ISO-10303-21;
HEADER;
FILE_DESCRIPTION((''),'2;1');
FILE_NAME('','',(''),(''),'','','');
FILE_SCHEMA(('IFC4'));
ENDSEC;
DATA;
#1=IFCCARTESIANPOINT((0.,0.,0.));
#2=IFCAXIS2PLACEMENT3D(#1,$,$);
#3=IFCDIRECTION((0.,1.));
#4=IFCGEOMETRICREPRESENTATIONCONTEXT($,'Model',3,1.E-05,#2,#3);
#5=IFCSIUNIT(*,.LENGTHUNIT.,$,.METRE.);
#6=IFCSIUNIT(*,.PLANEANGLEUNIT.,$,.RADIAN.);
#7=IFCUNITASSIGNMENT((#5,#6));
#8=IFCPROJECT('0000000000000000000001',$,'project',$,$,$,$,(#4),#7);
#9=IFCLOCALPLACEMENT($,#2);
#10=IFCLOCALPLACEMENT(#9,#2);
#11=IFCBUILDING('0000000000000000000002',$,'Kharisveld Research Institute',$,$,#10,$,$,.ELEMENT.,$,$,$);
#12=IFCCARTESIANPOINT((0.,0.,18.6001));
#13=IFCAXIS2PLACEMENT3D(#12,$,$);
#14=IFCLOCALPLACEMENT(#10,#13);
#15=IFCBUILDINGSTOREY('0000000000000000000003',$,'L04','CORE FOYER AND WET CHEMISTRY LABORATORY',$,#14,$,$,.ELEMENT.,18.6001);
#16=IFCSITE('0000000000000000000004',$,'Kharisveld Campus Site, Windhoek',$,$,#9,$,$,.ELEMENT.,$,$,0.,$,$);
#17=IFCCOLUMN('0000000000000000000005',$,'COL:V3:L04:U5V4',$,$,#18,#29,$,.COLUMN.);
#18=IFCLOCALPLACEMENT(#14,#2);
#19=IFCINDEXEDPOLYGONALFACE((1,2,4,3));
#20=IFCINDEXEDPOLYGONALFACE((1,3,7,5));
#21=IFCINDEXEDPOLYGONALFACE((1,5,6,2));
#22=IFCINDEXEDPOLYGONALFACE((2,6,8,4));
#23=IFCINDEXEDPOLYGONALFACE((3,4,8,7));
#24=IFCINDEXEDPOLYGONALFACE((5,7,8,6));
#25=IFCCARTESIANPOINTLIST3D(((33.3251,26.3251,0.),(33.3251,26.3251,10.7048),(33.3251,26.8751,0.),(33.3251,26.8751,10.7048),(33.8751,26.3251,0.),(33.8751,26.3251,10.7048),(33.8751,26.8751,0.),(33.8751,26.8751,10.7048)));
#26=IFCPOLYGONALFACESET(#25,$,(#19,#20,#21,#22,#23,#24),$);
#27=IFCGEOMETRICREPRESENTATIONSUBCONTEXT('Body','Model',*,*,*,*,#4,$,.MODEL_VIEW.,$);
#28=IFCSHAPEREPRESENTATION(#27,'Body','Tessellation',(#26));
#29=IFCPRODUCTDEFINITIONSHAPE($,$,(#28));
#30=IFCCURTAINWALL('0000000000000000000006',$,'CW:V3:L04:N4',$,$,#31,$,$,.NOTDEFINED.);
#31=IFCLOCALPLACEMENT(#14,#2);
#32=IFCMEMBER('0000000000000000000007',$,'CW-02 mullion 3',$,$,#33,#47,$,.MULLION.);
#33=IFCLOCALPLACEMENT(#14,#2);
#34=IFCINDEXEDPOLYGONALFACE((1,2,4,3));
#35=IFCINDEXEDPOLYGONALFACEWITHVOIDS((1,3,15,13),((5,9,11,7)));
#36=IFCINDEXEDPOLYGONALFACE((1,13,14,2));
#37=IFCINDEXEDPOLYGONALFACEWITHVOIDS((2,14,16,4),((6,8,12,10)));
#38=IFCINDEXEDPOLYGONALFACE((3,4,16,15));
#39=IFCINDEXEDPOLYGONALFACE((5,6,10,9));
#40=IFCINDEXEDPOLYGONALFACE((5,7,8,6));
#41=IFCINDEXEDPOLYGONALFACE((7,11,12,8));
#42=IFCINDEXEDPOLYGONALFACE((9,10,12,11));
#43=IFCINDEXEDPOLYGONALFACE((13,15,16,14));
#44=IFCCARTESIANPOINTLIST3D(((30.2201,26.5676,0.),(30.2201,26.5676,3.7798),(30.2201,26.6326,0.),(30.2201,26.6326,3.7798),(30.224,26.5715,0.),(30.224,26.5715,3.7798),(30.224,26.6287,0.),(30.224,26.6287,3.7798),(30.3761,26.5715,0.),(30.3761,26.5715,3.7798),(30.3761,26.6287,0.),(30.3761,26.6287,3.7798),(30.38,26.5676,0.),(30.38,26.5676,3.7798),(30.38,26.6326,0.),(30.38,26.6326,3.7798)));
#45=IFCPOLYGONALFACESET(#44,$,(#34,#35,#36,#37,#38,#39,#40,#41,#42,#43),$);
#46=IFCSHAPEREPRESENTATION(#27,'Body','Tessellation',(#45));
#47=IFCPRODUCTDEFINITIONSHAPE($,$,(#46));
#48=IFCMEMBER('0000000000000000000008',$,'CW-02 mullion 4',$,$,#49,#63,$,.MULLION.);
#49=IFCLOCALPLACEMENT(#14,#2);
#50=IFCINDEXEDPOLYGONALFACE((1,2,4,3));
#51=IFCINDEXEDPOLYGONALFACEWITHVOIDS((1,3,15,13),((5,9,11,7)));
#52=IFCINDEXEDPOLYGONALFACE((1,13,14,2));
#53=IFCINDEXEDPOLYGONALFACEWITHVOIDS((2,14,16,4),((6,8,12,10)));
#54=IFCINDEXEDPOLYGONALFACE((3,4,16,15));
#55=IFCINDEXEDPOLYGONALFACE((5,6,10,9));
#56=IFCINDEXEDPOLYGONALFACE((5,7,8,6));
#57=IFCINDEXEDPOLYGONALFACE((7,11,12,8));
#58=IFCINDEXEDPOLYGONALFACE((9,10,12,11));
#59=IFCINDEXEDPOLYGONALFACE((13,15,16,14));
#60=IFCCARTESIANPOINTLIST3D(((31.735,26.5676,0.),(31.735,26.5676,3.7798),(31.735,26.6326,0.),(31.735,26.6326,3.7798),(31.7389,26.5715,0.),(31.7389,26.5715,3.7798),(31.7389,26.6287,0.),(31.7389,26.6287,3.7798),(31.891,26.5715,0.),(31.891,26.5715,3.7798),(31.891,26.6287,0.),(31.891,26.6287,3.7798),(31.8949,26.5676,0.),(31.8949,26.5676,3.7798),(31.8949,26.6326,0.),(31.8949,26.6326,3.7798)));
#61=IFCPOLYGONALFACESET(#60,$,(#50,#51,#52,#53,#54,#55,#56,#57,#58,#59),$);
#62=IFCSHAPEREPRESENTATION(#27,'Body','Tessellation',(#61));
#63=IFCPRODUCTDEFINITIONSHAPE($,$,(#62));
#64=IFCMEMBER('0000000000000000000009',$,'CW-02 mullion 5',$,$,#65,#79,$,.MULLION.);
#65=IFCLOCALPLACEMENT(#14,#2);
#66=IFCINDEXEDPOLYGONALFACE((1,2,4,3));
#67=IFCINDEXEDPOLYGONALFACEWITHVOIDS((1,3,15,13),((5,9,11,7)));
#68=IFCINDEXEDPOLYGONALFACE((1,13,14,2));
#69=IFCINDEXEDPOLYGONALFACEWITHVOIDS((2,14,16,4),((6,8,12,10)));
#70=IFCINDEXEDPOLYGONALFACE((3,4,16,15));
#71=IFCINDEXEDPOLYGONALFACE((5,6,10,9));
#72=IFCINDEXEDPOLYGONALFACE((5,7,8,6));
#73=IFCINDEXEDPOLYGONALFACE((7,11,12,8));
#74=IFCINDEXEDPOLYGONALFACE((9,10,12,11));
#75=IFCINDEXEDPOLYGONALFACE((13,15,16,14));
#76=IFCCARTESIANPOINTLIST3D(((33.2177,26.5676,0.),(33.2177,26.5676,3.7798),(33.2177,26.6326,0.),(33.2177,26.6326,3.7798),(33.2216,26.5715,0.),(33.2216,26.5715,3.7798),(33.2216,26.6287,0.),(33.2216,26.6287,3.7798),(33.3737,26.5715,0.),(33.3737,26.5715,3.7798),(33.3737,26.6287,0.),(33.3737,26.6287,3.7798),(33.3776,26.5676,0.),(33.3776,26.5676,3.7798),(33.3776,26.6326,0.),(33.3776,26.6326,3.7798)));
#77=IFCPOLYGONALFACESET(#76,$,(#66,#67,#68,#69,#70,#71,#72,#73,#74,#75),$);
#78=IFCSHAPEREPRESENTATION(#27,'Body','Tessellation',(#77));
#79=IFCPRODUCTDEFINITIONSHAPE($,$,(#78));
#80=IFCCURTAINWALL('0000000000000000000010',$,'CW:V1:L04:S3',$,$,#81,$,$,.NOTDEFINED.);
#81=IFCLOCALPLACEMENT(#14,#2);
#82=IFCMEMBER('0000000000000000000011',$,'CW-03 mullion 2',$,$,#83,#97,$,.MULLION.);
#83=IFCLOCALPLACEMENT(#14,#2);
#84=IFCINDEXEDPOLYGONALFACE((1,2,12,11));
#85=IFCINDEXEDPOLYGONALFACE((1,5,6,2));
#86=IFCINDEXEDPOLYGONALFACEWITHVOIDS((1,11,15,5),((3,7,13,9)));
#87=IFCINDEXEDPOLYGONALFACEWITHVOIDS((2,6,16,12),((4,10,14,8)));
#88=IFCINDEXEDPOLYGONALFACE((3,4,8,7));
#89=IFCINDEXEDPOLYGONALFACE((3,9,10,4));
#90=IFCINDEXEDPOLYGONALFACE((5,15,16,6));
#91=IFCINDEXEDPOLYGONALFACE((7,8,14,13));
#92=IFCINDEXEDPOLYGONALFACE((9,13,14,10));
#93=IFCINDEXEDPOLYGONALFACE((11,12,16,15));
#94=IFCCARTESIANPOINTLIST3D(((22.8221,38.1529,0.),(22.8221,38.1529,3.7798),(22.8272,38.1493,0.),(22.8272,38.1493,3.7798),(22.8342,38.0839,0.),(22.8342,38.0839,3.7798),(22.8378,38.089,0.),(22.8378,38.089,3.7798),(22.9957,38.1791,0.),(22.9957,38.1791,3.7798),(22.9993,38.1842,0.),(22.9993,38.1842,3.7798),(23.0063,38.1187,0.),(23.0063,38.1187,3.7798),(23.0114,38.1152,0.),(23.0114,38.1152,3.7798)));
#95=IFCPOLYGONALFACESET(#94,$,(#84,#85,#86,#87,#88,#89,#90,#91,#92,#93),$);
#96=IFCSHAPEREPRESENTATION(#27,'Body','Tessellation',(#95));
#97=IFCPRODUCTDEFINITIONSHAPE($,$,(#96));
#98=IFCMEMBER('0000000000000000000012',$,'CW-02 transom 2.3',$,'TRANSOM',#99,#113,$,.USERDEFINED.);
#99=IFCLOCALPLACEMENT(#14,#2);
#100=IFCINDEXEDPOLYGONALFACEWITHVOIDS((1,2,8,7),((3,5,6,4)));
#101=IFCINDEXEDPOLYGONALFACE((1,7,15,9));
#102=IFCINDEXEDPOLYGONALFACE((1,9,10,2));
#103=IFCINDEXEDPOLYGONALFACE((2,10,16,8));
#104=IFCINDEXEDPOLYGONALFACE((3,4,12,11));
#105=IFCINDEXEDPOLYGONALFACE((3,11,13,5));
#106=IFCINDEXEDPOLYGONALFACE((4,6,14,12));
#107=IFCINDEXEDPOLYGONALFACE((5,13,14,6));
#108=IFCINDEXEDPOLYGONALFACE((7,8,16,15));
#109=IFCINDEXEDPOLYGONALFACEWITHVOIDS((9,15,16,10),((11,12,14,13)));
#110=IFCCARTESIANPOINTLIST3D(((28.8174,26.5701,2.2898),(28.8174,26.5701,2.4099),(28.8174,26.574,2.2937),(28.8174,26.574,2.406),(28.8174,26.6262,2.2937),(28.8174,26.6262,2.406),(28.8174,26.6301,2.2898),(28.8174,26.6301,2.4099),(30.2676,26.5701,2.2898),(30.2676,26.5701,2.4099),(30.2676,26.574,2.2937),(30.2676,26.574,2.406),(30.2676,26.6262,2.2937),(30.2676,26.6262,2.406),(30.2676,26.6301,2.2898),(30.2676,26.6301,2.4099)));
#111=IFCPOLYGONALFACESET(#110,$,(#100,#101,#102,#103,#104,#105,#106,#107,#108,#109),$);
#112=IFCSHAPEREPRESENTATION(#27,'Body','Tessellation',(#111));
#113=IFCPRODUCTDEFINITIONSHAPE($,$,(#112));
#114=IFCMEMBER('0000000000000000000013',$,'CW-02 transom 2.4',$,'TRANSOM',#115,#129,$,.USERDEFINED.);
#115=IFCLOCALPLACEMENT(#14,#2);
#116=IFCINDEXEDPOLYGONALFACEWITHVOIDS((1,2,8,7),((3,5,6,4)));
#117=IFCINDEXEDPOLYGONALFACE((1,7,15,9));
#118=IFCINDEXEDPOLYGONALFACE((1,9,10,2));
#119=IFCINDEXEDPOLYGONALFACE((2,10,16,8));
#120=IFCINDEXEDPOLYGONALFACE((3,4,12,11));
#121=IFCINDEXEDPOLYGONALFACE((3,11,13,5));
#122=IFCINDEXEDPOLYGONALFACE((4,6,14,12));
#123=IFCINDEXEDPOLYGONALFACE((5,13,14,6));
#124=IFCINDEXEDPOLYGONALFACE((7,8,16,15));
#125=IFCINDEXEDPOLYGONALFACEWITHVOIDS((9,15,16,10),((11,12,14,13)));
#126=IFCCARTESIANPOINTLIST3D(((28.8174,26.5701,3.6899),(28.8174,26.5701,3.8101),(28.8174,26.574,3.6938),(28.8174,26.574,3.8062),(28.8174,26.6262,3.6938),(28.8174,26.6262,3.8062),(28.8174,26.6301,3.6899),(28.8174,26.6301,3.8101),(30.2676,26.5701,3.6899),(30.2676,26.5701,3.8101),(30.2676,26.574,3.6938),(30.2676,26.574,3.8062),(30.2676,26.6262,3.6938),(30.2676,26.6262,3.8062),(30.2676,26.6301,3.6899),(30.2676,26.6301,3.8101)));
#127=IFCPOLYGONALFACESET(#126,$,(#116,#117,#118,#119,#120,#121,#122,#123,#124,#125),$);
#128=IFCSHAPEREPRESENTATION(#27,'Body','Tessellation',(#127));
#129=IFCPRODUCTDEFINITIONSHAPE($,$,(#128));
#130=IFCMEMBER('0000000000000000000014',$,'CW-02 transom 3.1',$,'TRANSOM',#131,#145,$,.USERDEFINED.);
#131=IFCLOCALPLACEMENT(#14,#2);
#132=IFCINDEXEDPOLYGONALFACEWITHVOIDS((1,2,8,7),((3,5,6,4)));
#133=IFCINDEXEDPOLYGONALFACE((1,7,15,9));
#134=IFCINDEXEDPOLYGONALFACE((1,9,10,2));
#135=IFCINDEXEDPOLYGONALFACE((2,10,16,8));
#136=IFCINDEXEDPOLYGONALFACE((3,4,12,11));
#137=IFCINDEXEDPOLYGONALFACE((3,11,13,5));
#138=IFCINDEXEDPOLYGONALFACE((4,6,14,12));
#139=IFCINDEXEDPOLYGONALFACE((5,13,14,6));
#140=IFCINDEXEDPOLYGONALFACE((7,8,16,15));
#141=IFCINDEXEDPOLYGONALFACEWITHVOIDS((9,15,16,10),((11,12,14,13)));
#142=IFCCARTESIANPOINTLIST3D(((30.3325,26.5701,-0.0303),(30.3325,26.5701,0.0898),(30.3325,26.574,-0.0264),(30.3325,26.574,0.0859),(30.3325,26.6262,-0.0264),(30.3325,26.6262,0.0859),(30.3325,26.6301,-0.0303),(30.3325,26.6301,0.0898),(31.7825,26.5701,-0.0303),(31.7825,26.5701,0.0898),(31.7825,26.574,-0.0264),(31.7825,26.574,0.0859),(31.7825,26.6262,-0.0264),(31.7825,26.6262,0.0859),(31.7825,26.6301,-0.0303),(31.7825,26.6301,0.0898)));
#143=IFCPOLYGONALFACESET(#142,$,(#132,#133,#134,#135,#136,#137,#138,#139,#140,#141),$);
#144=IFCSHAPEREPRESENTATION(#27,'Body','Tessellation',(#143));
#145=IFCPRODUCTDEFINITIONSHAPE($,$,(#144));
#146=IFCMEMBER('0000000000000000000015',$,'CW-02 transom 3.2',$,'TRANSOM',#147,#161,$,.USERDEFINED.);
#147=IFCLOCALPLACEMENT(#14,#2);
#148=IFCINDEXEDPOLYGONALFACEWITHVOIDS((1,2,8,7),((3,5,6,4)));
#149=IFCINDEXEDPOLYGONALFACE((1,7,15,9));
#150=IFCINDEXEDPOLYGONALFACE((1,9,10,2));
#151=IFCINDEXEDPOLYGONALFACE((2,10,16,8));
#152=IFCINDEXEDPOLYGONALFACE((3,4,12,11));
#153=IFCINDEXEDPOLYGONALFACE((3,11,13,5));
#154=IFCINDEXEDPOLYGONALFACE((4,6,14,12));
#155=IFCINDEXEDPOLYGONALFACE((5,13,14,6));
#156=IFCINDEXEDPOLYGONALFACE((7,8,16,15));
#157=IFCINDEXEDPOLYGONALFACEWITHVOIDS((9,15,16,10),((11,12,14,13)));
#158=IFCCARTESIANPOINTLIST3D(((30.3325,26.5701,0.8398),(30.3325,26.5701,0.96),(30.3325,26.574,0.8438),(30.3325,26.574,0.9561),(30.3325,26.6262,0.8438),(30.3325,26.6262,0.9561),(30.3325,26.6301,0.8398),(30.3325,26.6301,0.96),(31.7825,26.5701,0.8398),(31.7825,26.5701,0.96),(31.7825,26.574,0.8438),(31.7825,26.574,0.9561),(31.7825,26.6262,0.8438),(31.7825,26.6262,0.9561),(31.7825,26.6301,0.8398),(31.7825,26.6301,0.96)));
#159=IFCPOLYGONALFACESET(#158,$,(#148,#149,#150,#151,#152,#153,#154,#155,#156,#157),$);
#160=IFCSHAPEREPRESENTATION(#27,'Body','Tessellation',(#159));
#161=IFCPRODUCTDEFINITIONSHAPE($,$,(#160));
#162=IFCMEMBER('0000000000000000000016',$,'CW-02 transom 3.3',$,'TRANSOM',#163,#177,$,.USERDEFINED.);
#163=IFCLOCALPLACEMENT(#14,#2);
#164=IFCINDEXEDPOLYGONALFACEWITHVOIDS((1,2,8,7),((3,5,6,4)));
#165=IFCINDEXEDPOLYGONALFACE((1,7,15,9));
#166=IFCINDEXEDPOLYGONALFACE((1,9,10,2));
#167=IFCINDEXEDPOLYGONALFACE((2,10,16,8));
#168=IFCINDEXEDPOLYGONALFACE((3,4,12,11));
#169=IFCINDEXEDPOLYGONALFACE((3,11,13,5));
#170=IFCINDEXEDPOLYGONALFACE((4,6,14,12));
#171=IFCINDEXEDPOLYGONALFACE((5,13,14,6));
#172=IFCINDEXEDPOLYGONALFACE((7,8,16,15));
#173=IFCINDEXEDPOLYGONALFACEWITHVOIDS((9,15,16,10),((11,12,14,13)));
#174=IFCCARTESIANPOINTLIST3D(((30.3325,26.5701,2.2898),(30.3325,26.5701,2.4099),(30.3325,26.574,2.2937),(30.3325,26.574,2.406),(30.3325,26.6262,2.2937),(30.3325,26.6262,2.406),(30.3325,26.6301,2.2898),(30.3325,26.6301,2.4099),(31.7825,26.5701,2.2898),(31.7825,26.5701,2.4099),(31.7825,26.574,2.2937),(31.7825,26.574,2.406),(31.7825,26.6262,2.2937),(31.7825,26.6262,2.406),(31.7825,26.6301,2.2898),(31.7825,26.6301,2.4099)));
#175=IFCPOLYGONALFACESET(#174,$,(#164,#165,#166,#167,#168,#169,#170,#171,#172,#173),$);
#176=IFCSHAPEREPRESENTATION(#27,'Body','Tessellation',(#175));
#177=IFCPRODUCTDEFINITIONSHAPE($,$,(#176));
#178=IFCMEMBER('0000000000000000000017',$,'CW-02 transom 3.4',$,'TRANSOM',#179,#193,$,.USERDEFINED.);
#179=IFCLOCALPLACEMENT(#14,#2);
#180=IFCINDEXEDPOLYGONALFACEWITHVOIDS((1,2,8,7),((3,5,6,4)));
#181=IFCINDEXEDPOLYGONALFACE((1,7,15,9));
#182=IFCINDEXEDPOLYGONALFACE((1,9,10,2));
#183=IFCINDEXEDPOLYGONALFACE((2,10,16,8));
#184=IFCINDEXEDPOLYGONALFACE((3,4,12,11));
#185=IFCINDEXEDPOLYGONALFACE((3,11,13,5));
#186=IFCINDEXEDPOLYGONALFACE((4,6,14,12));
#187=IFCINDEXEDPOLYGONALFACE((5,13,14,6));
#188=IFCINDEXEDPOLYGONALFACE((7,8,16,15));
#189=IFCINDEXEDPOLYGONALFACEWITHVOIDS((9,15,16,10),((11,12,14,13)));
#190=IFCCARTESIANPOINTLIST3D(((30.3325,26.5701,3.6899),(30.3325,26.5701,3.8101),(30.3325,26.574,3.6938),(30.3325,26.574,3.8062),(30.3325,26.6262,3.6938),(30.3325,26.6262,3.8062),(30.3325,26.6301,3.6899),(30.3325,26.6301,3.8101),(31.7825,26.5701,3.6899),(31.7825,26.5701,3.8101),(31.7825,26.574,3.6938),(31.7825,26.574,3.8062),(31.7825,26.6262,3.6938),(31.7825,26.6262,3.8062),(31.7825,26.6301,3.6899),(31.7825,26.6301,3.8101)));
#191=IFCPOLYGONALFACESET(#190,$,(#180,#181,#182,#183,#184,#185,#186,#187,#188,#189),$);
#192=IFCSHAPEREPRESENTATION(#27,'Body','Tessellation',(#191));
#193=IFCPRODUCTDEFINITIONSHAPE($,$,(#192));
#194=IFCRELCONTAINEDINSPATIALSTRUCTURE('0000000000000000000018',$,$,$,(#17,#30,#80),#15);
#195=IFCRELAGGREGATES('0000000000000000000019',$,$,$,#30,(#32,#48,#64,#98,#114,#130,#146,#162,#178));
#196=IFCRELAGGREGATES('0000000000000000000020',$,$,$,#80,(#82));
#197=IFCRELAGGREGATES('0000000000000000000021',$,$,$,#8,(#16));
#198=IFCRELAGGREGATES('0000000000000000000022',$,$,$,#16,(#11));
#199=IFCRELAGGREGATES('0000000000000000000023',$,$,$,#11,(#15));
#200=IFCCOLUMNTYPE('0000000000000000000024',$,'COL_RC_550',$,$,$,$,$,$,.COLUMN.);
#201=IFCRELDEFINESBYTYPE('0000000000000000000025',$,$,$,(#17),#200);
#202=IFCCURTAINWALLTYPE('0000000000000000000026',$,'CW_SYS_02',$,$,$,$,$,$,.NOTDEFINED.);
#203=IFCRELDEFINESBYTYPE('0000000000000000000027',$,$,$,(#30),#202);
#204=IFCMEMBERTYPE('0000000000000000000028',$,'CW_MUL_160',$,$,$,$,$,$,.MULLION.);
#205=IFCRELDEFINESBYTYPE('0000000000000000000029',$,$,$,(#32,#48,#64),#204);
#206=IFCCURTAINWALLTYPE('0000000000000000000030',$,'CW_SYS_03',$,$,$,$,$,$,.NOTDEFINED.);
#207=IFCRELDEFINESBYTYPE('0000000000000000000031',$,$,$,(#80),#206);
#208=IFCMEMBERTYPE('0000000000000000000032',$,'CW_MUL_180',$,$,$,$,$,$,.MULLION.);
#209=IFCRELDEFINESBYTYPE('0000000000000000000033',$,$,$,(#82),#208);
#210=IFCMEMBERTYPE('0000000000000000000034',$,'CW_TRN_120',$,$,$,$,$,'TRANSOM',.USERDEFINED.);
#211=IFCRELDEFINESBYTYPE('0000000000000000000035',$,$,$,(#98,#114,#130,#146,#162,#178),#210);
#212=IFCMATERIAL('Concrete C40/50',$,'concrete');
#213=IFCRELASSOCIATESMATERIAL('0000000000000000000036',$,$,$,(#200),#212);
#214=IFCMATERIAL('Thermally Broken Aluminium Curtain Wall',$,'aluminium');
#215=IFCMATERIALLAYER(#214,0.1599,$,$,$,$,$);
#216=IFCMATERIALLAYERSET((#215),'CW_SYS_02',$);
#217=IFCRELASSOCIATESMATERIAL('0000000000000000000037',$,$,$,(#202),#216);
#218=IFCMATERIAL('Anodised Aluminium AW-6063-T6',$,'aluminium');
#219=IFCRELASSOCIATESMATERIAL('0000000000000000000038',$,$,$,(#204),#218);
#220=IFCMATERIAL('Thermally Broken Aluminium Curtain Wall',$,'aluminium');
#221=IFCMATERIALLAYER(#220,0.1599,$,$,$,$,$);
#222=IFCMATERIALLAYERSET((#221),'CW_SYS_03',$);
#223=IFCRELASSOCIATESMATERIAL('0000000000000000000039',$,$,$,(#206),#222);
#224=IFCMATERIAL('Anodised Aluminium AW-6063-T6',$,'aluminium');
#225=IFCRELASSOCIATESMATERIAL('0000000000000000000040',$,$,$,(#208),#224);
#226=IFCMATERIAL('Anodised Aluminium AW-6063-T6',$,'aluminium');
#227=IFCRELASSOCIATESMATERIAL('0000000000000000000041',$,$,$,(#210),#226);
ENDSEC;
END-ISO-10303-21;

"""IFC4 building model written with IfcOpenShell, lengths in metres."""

from ifc_helpers import new_model, si_unit, direction, frame, origin, origin_2d, place, context, subcontext, project, spatial, rectangle, hollow_rectangle, extrude, material, layer, layer_set, material_profile, profile_set, type_object, element, aggregate, save


model = new_model("IFC4")

# Units and contexts
model_context = context("Model", 3, precision=1e-05, world=origin(), true_north=direction((0.0, 1.0)))
body_context = subcontext(model_context, "Body", "Model", "MODEL_VIEW")
ifc_project = project(units=[si_unit("LENGTHUNIT", "METRE"), si_unit("PLANEANGLEUNIT", "RADIAN")], contexts=[model_context])

# Site, building, storey
site_placement = place(None, origin())
site = spatial("IfcSite", under=ifc_project, at=site_placement, Name="Kharisveld Campus Site, Windhoek", CompositionType="ELEMENT", RefElevation=0.0)
building_placement = place(site_placement, origin())
building = spatial("IfcBuilding", under=site, at=building_placement, Name="Kharisveld Research Institute", CompositionType="ELEMENT")
storey_placement = place(building_placement, frame((0.0, 0.0, 18.6001)))
storey = spatial("IfcBuildingStorey", under=building, at=storey_placement, Name="L04", Description="CORE FOYER AND WET CHEMISTRY LABORATORY", CompositionType="ELEMENT", Elevation=18.6001)

# Column
ifc_material_1 = material(Name="Concrete C40/50", Category="concrete")
ifc_material_profile_1 = material_profile(ifc_material_1, rectangle(XDim=0.55, YDim=0.55, at=origin_2d()))
ifc_profile_set_1 = profile_set([ifc_material_profile_1], Name="Concrete C40/50")
column_type = type_object("IfcColumnType", Name="COL_RC_550", PredefinedType="COLUMN", material=ifc_profile_set_1)
column_placement = place(storey_placement, frame((33.6001, 26.6001, 0.0), z_axis=(0.0, 0.0, 1.0), x_axis=(1.0, 0.0, 0.0)))
element("IfcColumn", 1, at=column_placement, inside=storey, type_object=column_type, Name="COL:V3:L04:U5V4", PredefinedType="COLUMN", context=body_context, shape_type="SweptSolid", body=[
    extrude(rectangle(XDim=0.55, YDim=0.55, at=origin_2d()), origin(), (0.0, 0.0, 1.0), 10.7048),
])

# Curtain wall, members
ifc_material_2 = material(Name="Thermally Broken Aluminium Curtain Wall", Category="aluminium")
ifc_layer_1 = layer(ifc_material_2, 0.1599)
ifc_layer_set_1 = layer_set([ifc_layer_1], Name="CW_SYS_02")
curtain_wall_type_1 = type_object("IfcCurtainWallType", Name="CW_SYS_02", PredefinedType="NOTDEFINED", material=ifc_layer_set_1)
curtain_wall_1_placement = place(storey_placement, origin())
curtain_wall_1 = element("IfcCurtainWall", 2, at=curtain_wall_1_placement, inside=storey, type_object=curtain_wall_type_1, Name="CW:V3:L04:N4", PredefinedType="NOTDEFINED")
ifc_material_3 = material(Name="Anodised Aluminium AW-6063-T6", Category="aluminium")
ifc_material_profile_2 = material_profile(ifc_material_3, hollow_rectangle(XDim=0.0649, YDim=0.1599, WallThickness=0.0039, at=origin_2d()))
ifc_profile_set_2 = profile_set([ifc_material_profile_2], Name="Anodised Aluminium AW-6063-T6")
member_type_1 = type_object("IfcMemberType", Name="CW_MUL_160", PredefinedType="MULLION", material=ifc_profile_set_2)
member_1_placement = place(storey_placement, frame((30.3, 26.6001, 0.0), z_axis=(0.0, 0.0, 1.0), x_axis=(0.0, 1.0, 0.0)))
member_1 = element("IfcMember", 3, at=member_1_placement, type_object=member_type_1, Name="CW-02 mullion 3", PredefinedType="MULLION", context=body_context, shape_type="SweptSolid", body=[
    extrude(hollow_rectangle(XDim=0.0649, YDim=0.1599, WallThickness=0.0039, at=origin_2d()), origin(), (0.0, 0.0, 1.0), 3.7798),
])
member_2_placement = place(storey_placement, frame((31.8149, 26.6001, 0.0), z_axis=(0.0, 0.0, 1.0), x_axis=(0.0, 1.0, 0.0)))
member_2 = element("IfcMember", 4, at=member_2_placement, type_object=member_type_1, Name="CW-02 mullion 4", PredefinedType="MULLION", context=body_context, shape_type="SweptSolid", body=[
    extrude(hollow_rectangle(XDim=0.0649, YDim=0.1599, WallThickness=0.0039, at=origin_2d()), origin(), (0.0, 0.0, 1.0), 3.7798),
])
member_3_placement = place(storey_placement, frame((33.2976, 26.6001, 0.0), z_axis=(0.0, 0.0, 1.0), x_axis=(0.0, 1.0, 0.0)))
member_3 = element("IfcMember", 5, at=member_3_placement, type_object=member_type_1, Name="CW-02 mullion 5", PredefinedType="MULLION", context=body_context, shape_type="SweptSolid", body=[
    extrude(hollow_rectangle(XDim=0.0649, YDim=0.1599, WallThickness=0.0039, at=origin_2d()), origin(), (0.0, 0.0, 1.0), 3.7798),
])

# Curtain wall, member
ifc_material_4 = material(Name="Thermally Broken Aluminium Curtain Wall", Category="aluminium")
ifc_layer_2 = layer(ifc_material_4, 0.1599)
ifc_layer_set_2 = layer_set([ifc_layer_2], Name="CW_SYS_03")
curtain_wall_type_2 = type_object("IfcCurtainWallType", Name="CW_SYS_03", PredefinedType="NOTDEFINED", material=ifc_layer_set_2)
curtain_wall_2_placement = place(storey_placement, origin())
curtain_wall_2 = element("IfcCurtainWall", 6, at=curtain_wall_2_placement, inside=storey, type_object=curtain_wall_type_2, Name="CW:V1:L04:S3", PredefinedType="NOTDEFINED")
ifc_material_5 = material(Name="Anodised Aluminium AW-6063-T6", Category="aluminium")
ifc_material_profile_3 = material_profile(ifc_material_5, hollow_rectangle(XDim=0.0701, YDim=0.1799, WallThickness=0.0044, at=origin_2d()))
ifc_profile_set_3 = profile_set([ifc_material_profile_3], Name="Anodised Aluminium AW-6063-T6")
member_type_2 = type_object("IfcMemberType", Name="CW_MUL_180", PredefinedType="MULLION", material=ifc_profile_set_3)
member_4_placement = place(storey_placement, frame((22.9167, 38.134, 0.0), z_axis=(0.0, 0.0, 1.0), x_axis=(0.173648, -0.984808, 0.0)))
member_4 = element("IfcMember", 7, at=member_4_placement, type_object=member_type_2, Name="CW-03 mullion 2", PredefinedType="MULLION", context=body_context, shape_type="SweptSolid", body=[
    extrude(hollow_rectangle(XDim=0.0701, YDim=0.1799, WallThickness=0.0044, at=origin_2d()), origin(), (0.0, 0.0, 1.0), 3.7798),
])

# Members
ifc_material_6 = material(Name="Anodised Aluminium AW-6063-T6", Category="aluminium")
ifc_material_profile_4 = material_profile(ifc_material_6, hollow_rectangle(XDim=0.0601, YDim=0.1201, WallThickness=0.0039, at=origin_2d()))
ifc_profile_set_4 = profile_set([ifc_material_profile_4], Name="Anodised Aluminium AW-6063-T6")
member_type_3 = type_object("IfcMemberType", Name="CW_TRN_120", ElementType="TRANSOM", PredefinedType="USERDEFINED", material=ifc_profile_set_4)
member_5_placement = place(storey_placement, frame((28.8174, 26.6001, 2.3499), z_axis=(1.0, 0.0, 0.0), x_axis=(0.0, 1.0, 0.0)))
member_5 = element("IfcMember", 8, at=member_5_placement, type_object=member_type_3, Name="CW-02 transom 2.3", ObjectType="TRANSOM", PredefinedType="USERDEFINED", context=body_context, shape_type="SweptSolid", body=[
    extrude(hollow_rectangle(XDim=0.0601, YDim=0.1201, WallThickness=0.0039, at=origin_2d()), origin(), (0.0, 0.0, 1.0), 1.4502),
])
member_6_placement = place(storey_placement, frame((28.8174, 26.6001, 3.75), z_axis=(1.0, 0.0, 0.0), x_axis=(0.0, 1.0, 0.0)))
member_6 = element("IfcMember", 9, at=member_6_placement, type_object=member_type_3, Name="CW-02 transom 2.4", ObjectType="TRANSOM", PredefinedType="USERDEFINED", context=body_context, shape_type="SweptSolid", body=[
    extrude(hollow_rectangle(XDim=0.0601, YDim=0.1201, WallThickness=0.0039, at=origin_2d()), origin(), (0.0, 0.0, 1.0), 1.4502),
])
member_7_placement = place(storey_placement, frame((30.3325, 26.6001, 0.0298), z_axis=(1.0, 0.0, 0.0), x_axis=(0.0, 1.0, 0.0)))
member_7 = element("IfcMember", 10, at=member_7_placement, type_object=member_type_3, Name="CW-02 transom 3.1", ObjectType="TRANSOM", PredefinedType="USERDEFINED", context=body_context, shape_type="SweptSolid", body=[
    extrude(hollow_rectangle(XDim=0.0601, YDim=0.1201, WallThickness=0.0039, at=origin_2d()), origin(), (0.0, 0.0, 1.0), 1.45),
])
member_8_placement = place(storey_placement, frame((30.3325, 26.6001, 0.8999), z_axis=(1.0, 0.0, 0.0), x_axis=(0.0, 1.0, 0.0)))
member_8 = element("IfcMember", 11, at=member_8_placement, type_object=member_type_3, Name="CW-02 transom 3.2", ObjectType="TRANSOM", PredefinedType="USERDEFINED", context=body_context, shape_type="SweptSolid", body=[
    extrude(hollow_rectangle(XDim=0.0601, YDim=0.1201, WallThickness=0.0039, at=origin_2d()), origin(), (0.0, 0.0, 1.0), 1.45),
])
member_9_placement = place(storey_placement, frame((30.3325, 26.6001, 2.3499), z_axis=(1.0, 0.0, 0.0), x_axis=(0.0, 1.0, 0.0)))
member_9 = element("IfcMember", 12, at=member_9_placement, type_object=member_type_3, Name="CW-02 transom 3.3", ObjectType="TRANSOM", PredefinedType="USERDEFINED", context=body_context, shape_type="SweptSolid", body=[
    extrude(hollow_rectangle(XDim=0.0601, YDim=0.1201, WallThickness=0.0039, at=origin_2d()), origin(), (0.0, 0.0, 1.0), 1.45),
])
member_10_placement = place(storey_placement, frame((30.3325, 26.6001, 3.75), z_axis=(1.0, 0.0, 0.0), x_axis=(0.0, 1.0, 0.0)))
member_10 = element("IfcMember", 13, at=member_10_placement, type_object=member_type_3, Name="CW-02 transom 3.4", ObjectType="TRANSOM", PredefinedType="USERDEFINED", context=body_context, shape_type="SweptSolid", body=[
    extrude(hollow_rectangle(XDim=0.0601, YDim=0.1201, WallThickness=0.0039, at=origin_2d()), origin(), (0.0, 0.0, 1.0), 1.45),
])

aggregate(curtain_wall_1, [member_1, member_2, member_3, member_5, member_6, member_7, member_8, member_9, member_10])
aggregate(curtain_wall_2, [member_4])

save(model, "model.ifc")
